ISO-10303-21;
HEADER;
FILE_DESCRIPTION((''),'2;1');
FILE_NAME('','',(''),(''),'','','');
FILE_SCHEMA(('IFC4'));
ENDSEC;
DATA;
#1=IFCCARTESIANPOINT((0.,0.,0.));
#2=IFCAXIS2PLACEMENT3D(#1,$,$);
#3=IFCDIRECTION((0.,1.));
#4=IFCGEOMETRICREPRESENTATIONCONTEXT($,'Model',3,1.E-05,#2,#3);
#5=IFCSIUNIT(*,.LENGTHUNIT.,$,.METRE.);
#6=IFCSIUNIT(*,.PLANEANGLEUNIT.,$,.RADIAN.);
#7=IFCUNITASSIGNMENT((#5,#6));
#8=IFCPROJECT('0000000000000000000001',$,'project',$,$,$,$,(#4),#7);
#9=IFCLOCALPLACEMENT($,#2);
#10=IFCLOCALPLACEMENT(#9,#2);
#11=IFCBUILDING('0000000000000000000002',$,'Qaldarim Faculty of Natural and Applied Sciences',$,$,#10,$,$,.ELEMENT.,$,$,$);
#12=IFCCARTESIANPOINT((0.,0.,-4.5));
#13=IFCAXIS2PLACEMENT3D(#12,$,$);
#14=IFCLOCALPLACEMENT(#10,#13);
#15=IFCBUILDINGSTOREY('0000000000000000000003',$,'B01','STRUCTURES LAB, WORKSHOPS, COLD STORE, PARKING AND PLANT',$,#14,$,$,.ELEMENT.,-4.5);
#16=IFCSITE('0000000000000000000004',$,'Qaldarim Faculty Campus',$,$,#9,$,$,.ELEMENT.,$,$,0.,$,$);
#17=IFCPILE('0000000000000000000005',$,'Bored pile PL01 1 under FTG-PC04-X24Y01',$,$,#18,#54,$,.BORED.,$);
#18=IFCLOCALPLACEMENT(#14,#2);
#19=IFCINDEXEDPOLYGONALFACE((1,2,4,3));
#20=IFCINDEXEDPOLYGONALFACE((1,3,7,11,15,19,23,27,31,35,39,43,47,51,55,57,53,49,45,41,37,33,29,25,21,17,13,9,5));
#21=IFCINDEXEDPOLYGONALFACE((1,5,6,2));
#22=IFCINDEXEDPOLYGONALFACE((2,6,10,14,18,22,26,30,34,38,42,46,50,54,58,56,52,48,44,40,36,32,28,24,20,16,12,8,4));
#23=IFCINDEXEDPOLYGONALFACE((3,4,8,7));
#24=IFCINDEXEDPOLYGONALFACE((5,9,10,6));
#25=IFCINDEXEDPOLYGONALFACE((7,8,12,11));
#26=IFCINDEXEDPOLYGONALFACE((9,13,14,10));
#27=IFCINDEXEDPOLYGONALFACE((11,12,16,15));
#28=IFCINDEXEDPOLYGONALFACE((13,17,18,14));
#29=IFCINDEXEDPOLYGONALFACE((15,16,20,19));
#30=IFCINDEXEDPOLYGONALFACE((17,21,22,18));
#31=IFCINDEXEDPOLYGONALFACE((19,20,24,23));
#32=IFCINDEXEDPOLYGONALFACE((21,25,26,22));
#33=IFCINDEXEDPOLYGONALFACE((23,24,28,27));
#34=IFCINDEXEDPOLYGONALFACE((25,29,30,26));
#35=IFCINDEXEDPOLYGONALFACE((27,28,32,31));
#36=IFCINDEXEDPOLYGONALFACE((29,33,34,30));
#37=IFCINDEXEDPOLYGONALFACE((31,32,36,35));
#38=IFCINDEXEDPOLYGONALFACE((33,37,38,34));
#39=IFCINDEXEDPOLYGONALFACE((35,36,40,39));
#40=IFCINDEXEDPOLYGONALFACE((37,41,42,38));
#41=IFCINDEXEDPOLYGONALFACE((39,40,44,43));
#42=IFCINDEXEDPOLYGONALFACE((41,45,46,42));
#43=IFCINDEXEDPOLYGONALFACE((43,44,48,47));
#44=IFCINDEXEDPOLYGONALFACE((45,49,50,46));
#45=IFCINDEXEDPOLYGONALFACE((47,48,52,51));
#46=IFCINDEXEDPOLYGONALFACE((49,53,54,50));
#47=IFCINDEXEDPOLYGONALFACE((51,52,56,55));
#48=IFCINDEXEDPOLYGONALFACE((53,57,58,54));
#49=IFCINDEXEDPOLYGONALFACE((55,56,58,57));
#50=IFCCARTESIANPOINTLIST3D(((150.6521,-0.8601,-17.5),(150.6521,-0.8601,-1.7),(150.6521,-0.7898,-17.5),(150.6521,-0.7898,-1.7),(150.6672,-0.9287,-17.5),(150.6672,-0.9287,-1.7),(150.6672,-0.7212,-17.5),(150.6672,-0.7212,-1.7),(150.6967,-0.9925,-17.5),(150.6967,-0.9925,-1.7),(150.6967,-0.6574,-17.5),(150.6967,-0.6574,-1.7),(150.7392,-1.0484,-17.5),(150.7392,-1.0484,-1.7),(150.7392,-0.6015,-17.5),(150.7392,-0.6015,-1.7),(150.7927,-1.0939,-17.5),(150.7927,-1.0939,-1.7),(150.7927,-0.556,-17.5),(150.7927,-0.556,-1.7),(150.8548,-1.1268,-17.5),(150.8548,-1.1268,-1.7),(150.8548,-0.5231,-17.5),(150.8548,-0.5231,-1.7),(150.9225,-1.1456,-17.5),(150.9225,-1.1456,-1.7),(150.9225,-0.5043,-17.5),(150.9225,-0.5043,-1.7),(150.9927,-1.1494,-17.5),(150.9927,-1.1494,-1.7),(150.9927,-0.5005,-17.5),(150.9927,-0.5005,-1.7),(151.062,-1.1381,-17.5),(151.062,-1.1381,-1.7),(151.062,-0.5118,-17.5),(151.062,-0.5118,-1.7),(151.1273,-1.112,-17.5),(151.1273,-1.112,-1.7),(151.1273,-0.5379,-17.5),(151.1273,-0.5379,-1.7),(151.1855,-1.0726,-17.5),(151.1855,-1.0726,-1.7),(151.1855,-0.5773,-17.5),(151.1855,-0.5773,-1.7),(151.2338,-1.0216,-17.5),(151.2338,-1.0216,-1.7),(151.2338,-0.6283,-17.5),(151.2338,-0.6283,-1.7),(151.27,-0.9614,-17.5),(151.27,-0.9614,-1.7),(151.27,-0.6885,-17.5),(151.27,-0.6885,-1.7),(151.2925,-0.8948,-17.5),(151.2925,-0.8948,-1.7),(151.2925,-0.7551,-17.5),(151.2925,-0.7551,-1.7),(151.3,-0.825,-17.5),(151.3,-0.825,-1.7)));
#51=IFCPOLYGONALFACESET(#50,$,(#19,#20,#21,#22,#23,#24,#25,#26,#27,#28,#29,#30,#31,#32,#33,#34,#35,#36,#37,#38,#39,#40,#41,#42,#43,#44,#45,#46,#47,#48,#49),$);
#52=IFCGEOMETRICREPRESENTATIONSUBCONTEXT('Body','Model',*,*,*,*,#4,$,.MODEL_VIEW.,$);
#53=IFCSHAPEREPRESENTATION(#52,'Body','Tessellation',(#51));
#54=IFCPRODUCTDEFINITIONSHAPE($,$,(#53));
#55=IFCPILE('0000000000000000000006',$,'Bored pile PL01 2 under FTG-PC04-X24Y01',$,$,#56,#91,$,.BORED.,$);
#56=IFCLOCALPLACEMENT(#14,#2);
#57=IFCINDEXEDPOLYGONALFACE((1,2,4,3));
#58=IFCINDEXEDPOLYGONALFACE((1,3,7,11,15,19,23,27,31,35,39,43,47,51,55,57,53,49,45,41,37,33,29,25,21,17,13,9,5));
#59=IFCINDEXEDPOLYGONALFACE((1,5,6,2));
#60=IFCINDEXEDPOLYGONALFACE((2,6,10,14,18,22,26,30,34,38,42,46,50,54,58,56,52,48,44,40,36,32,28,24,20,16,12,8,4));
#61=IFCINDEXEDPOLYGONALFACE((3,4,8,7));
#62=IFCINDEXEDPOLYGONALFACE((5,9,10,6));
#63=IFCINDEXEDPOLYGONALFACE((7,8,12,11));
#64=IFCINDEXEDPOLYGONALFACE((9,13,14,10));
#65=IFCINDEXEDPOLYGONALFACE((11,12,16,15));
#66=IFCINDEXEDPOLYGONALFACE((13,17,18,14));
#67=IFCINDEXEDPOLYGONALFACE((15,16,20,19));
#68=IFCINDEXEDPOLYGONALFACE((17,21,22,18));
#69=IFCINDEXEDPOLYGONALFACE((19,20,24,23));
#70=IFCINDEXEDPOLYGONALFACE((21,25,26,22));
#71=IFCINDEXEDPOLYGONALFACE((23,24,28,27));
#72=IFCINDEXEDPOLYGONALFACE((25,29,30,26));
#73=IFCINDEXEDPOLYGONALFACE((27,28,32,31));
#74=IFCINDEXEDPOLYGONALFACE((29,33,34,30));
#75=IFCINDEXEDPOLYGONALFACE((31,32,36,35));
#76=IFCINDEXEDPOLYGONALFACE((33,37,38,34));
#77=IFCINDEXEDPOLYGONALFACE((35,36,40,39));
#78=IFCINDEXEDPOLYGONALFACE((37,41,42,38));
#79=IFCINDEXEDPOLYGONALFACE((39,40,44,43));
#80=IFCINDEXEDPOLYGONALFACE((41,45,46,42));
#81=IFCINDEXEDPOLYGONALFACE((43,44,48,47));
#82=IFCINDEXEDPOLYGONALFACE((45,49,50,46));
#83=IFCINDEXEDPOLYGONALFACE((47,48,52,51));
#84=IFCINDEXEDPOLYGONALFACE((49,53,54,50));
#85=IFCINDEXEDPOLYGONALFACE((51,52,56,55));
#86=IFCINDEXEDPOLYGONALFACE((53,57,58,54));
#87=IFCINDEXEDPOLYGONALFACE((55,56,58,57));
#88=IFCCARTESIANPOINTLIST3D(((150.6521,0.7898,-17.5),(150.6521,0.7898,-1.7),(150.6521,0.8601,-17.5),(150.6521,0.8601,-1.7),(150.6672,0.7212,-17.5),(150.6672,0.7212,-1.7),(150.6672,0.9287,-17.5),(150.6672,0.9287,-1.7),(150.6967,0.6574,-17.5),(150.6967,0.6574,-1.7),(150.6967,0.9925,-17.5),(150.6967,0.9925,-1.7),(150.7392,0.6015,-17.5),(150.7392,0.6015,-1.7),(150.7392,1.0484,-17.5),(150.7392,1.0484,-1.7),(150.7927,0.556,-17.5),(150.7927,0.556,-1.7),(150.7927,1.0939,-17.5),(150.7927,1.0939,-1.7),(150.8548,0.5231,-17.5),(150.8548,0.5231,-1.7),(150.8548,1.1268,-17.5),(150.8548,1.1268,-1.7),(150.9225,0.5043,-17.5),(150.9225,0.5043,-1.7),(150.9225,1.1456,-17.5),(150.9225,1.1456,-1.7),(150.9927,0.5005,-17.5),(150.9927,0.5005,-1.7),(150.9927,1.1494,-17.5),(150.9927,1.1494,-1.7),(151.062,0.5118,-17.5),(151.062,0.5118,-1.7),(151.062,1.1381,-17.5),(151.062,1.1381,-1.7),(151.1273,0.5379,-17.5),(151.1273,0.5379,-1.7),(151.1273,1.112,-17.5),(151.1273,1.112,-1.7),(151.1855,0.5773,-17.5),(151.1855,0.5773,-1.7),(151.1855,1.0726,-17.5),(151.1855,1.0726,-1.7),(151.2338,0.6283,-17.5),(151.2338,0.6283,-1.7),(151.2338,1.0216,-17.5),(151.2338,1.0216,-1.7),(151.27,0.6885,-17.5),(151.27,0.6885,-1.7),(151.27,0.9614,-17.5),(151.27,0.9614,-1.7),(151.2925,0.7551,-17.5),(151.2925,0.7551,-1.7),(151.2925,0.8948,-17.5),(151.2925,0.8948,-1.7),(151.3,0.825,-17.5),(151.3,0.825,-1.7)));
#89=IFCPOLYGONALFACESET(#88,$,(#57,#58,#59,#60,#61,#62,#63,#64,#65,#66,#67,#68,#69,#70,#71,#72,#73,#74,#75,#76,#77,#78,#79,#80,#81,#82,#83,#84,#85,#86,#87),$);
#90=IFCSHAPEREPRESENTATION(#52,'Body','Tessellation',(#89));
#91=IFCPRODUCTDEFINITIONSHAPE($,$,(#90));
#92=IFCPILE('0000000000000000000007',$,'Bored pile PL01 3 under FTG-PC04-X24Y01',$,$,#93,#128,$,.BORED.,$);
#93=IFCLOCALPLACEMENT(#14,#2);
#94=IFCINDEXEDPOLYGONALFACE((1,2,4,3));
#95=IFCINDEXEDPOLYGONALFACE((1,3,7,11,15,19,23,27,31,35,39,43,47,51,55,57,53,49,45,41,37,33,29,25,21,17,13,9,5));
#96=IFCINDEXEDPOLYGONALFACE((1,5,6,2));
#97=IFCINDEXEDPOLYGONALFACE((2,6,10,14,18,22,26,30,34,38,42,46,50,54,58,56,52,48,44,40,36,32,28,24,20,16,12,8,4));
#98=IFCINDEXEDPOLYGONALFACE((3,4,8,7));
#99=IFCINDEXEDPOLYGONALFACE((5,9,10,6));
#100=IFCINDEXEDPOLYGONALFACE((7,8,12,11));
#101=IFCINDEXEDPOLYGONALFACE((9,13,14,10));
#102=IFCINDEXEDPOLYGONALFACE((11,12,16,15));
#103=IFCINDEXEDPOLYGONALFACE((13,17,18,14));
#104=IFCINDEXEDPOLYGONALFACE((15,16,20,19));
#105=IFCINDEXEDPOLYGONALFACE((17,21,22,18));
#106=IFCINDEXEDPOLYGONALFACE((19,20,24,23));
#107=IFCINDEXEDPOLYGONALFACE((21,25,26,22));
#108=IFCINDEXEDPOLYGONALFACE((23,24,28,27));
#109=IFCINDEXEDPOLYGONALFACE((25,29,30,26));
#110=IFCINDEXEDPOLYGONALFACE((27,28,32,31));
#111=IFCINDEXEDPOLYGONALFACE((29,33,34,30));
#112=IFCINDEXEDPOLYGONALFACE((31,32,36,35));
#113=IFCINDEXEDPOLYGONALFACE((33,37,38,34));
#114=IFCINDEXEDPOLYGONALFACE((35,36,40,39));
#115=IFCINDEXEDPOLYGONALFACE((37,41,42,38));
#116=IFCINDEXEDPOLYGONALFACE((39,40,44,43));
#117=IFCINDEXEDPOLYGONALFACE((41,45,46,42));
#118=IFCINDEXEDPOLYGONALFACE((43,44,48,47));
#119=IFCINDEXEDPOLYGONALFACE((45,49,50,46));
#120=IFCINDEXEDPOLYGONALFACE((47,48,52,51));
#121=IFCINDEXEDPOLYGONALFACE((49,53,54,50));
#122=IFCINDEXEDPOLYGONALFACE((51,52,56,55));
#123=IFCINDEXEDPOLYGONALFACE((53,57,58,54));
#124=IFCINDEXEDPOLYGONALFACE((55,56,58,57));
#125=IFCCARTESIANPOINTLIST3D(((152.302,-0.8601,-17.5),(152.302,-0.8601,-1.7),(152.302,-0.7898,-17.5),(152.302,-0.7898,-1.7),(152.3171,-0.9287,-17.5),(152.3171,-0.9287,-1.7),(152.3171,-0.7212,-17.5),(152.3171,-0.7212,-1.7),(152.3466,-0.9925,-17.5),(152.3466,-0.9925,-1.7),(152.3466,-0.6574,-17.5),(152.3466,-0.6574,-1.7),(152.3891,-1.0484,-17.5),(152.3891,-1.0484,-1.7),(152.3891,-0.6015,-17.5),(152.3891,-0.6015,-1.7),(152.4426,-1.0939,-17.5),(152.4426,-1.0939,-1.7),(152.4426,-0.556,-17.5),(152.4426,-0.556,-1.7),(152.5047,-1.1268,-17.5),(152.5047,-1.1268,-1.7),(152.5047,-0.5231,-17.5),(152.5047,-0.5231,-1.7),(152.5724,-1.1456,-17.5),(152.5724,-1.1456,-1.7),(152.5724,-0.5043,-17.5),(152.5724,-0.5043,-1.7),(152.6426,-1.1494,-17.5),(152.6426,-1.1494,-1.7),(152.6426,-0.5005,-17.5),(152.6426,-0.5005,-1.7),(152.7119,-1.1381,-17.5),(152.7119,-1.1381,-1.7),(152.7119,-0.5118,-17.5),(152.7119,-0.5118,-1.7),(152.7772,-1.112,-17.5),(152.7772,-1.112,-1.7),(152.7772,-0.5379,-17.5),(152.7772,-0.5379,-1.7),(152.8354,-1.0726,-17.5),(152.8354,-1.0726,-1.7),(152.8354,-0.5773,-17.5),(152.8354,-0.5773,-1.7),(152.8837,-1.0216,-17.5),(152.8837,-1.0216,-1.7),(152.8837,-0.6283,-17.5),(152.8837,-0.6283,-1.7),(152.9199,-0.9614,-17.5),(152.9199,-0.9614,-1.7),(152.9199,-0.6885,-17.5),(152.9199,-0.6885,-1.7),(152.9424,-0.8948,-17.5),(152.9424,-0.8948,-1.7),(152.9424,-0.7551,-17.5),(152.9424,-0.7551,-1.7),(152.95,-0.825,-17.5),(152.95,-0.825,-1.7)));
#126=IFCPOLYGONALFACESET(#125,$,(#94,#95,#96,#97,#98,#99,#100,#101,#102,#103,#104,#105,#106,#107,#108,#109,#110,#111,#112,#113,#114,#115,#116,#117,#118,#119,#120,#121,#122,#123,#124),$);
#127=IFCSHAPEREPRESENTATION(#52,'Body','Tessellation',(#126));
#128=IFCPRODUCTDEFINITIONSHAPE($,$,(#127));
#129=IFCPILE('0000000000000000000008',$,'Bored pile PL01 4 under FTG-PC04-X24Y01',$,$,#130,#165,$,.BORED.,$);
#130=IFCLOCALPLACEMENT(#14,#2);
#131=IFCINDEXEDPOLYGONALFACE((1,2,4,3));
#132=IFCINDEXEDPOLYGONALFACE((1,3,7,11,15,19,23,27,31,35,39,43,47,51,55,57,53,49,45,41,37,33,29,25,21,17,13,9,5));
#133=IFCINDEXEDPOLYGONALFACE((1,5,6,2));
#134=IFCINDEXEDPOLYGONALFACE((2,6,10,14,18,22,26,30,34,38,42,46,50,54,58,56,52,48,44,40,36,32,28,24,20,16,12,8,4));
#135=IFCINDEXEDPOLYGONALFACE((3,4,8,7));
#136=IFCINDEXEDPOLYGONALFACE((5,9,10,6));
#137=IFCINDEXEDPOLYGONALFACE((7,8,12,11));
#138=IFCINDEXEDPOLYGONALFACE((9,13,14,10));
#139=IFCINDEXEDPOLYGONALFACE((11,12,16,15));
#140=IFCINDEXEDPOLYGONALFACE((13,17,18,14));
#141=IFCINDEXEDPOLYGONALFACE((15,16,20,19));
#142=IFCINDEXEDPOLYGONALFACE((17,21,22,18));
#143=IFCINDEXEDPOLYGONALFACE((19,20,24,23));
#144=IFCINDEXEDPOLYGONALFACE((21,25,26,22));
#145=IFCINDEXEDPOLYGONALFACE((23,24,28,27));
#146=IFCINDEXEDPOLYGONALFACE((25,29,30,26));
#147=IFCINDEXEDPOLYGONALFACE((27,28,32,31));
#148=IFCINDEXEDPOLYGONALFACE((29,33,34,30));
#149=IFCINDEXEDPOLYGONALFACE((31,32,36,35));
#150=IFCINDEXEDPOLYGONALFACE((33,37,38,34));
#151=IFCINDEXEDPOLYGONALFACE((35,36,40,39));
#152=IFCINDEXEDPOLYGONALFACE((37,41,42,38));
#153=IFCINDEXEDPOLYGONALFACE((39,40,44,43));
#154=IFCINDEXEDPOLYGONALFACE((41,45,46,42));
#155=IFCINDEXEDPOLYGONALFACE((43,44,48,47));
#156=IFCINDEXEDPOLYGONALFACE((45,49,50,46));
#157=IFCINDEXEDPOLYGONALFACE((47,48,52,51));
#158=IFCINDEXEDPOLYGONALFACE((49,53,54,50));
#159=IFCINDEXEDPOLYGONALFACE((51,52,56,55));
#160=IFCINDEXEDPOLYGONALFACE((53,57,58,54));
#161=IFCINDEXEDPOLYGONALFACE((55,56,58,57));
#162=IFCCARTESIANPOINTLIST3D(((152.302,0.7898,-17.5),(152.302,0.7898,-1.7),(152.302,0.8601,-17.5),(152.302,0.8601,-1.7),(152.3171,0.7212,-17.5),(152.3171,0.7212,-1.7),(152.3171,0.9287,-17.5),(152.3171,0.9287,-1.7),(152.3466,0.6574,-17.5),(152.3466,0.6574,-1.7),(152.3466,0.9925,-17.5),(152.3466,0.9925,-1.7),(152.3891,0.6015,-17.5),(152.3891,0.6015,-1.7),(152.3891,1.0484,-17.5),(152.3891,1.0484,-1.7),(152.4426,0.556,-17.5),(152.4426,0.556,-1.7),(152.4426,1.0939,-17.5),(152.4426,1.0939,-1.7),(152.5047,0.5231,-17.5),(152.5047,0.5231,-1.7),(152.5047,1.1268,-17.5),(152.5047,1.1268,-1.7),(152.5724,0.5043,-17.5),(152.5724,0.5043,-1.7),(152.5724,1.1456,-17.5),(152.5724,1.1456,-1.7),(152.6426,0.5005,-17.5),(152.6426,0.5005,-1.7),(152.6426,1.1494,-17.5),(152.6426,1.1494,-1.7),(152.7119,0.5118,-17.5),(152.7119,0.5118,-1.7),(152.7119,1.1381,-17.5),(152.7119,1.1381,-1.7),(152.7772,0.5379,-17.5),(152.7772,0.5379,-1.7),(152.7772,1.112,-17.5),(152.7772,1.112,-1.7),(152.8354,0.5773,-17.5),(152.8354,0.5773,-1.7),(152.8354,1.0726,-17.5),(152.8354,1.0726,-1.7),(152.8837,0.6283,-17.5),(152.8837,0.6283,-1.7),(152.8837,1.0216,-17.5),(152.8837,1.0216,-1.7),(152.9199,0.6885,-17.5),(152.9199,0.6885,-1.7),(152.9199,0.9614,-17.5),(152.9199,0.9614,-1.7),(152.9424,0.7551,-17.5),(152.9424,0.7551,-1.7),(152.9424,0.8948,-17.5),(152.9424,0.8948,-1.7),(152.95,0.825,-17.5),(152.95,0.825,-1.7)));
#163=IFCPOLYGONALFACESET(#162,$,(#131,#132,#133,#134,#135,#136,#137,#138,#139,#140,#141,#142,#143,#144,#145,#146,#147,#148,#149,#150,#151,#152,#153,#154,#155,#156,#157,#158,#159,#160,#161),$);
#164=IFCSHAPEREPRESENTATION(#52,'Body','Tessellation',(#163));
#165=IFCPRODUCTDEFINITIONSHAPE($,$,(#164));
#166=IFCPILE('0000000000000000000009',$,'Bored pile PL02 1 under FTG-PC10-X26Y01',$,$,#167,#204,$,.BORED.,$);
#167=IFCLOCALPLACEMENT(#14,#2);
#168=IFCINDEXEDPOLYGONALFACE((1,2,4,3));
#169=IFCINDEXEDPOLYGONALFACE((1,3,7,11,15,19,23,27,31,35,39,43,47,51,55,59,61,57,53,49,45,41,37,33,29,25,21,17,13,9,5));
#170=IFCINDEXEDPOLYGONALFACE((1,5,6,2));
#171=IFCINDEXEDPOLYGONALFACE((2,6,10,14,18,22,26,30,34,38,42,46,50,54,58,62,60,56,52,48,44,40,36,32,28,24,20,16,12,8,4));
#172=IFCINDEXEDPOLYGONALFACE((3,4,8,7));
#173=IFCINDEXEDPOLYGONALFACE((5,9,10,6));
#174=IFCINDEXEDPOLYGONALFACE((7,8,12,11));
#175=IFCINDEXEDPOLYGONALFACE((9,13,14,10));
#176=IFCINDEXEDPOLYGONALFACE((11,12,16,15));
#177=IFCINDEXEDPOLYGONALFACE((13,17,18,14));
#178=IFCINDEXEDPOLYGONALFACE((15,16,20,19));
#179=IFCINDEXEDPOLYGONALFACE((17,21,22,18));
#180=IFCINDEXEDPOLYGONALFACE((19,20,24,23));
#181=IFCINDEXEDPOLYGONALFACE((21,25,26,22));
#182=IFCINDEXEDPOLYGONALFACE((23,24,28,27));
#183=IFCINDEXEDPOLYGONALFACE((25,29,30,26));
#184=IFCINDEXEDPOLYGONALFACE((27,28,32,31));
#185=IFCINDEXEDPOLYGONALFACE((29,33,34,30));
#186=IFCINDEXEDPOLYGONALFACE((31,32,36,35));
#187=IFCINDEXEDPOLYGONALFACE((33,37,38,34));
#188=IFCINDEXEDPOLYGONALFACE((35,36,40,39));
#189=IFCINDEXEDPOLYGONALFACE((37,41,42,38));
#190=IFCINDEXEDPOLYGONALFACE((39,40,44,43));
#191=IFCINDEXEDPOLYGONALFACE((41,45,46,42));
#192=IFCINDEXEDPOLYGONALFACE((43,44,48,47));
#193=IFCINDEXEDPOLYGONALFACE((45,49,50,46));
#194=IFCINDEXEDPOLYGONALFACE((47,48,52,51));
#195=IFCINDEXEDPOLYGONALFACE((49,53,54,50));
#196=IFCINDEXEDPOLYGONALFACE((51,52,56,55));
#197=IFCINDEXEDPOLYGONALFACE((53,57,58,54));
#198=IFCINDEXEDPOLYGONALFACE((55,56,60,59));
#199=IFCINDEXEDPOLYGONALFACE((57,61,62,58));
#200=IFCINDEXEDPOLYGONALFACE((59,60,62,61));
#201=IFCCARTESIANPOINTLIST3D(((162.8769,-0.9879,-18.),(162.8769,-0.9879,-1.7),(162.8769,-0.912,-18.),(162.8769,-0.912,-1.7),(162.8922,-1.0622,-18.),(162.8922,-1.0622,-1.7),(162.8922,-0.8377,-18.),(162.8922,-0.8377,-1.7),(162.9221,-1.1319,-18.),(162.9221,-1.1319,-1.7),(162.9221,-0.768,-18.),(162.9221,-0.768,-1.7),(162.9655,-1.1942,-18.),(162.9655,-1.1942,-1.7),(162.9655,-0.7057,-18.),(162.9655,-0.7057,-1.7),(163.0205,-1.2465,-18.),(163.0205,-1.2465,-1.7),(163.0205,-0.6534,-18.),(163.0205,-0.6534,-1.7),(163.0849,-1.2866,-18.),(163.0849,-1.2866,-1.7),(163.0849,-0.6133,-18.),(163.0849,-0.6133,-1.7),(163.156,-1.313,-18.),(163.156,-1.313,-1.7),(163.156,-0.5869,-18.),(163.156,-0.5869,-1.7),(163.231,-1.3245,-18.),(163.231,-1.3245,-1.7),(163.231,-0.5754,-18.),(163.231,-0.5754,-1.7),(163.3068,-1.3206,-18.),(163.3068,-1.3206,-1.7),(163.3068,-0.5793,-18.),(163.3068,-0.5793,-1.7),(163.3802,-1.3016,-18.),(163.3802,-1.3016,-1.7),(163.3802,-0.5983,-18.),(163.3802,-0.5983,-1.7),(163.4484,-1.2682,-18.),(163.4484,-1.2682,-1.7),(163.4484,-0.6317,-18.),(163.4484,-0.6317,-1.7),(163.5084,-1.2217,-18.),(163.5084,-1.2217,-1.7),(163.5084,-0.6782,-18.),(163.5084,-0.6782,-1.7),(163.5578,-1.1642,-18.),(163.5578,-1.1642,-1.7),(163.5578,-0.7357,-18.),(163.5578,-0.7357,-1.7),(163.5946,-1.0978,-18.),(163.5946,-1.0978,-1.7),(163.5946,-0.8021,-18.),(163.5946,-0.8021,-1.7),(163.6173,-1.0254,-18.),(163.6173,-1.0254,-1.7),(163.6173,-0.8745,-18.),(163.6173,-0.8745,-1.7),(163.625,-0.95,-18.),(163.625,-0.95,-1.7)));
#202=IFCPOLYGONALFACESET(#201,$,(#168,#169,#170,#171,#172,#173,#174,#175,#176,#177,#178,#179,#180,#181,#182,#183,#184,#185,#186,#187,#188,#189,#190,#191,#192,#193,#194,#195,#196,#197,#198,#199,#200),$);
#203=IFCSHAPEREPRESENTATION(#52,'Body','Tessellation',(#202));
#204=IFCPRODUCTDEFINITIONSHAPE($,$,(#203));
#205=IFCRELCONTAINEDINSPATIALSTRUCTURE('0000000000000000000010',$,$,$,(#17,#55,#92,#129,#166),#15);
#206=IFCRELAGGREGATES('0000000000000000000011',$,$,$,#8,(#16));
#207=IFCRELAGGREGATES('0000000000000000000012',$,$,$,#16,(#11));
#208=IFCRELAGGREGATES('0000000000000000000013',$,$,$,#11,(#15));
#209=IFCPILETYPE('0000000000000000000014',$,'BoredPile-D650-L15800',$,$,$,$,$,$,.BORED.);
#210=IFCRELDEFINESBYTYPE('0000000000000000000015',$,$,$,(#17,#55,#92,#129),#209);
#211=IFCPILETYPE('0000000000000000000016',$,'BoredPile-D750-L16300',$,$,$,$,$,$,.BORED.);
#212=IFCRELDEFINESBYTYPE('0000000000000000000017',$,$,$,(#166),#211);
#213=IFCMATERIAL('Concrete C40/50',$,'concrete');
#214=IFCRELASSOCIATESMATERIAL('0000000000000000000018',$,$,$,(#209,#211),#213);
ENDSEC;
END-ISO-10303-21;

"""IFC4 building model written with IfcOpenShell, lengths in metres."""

from ifc_helpers import new_model, si_unit, direction, frame, origin, origin_2d, place, context, subcontext, project, spatial, circle, extrude, material, material_profile, profile_set, type_object, element, save


model = new_model("IFC4")

# Units and contexts
model_context = context("Model", 3, precision=1e-05, world=origin(), true_north=direction((0.0, 1.0)))
body_context = subcontext(model_context, "Body", "Model", "MODEL_VIEW")
ifc_project = project(units=[si_unit("LENGTHUNIT", "METRE"), si_unit("PLANEANGLEUNIT", "RADIAN")], contexts=[model_context])

# Site, building, storey
site_placement = place(None, origin())
site = spatial("IfcSite", under=ifc_project, at=site_placement, Name="Qaldarim Faculty Campus", CompositionType="ELEMENT", RefElevation=0.0)
building_placement = place(site_placement, origin())
building = spatial("IfcBuilding", under=site, at=building_placement, Name="Qaldarim Faculty of Natural and Applied Sciences", CompositionType="ELEMENT")
storey_placement = place(building_placement, frame((0.0, 0.0, -4.5)))
storey = spatial("IfcBuildingStorey", under=building, at=storey_placement, Name="B01", Description="STRUCTURES LAB, WORKSHOPS, COLD STORE, PARKING AND PLANT", CompositionType="ELEMENT", Elevation=-4.5)

# Piles
ifc_material_1 = material(Name="Concrete C40/50", Category="concrete")
ifc_material_profile_1 = material_profile(ifc_material_1, circle(Radius=0.325, at=origin_2d()), Name="PILE-D650")
ifc_profile_set_1 = profile_set([ifc_material_profile_1], Name="Concrete C40/50")
pile_type_1 = type_object("IfcPileType", Name="BoredPile-D650-L15800", PredefinedType="BORED", material=ifc_profile_set_1)
for number, where, z_axis, x_axis, name in (
    (1, (150.9751, -0.825, -1.7), (0.0, 0.0, -1.0), (1.0, 0.0, 0.0), "Bored pile PL01 1 under FTG-PC04-X24Y01"),
    (2, (150.9751, 0.825, -1.7), (0.0, 0.0, -1.0), (1.0, 0.0, 0.0), "Bored pile PL01 2 under FTG-PC04-X24Y01"),
    (3, (152.625, -0.825, -1.7), (0.0, 0.0, -1.0), (1.0, 0.0, 0.0), "Bored pile PL01 3 under FTG-PC04-X24Y01"),
    (4, (152.625, 0.825, -1.7), (0.0, 0.0, -1.0), (1.0, 0.0, 0.0), "Bored pile PL01 4 under FTG-PC04-X24Y01"),
):
    element("IfcPile", number, at=place(storey_placement, frame(where, z_axis=z_axis, x_axis=x_axis)), inside=storey, type_object=pile_type_1, Name=name, PredefinedType="BORED", context=body_context, shape_type="SweptSolid", body=[
        extrude(circle(Radius=0.325, at=origin_2d()), origin(), (0.0, 0.0, 1.0), 15.8),
    ])
ifc_material_profile_2 = material_profile(ifc_material_1, circle(Radius=0.375, at=origin_2d()), Name="PILE-D750")
ifc_profile_set_2 = profile_set([ifc_material_profile_2], Name="Concrete C40/50")
pile_type_2 = type_object("IfcPileType", Name="BoredPile-D750-L16300", PredefinedType="BORED", material=ifc_profile_set_2)
for number, where, z_axis, x_axis, name in (
    (5, (163.25, -0.95, -1.7), (0.0, 0.0, -1.0), (1.0, 0.0, 0.0), "Bored pile PL02 1 under FTG-PC10-X26Y01"),
):
    element("IfcPile", number, at=place(storey_placement, frame(where, z_axis=z_axis, x_axis=x_axis)), inside=storey, type_object=pile_type_2, Name=name, PredefinedType="BORED", context=body_context, shape_type="SweptSolid", body=[
        extrude(circle(Radius=0.375, at=origin_2d()), origin(), (0.0, 0.0, 1.0), 16.3),
    ])

save(model, "model.ifc")
